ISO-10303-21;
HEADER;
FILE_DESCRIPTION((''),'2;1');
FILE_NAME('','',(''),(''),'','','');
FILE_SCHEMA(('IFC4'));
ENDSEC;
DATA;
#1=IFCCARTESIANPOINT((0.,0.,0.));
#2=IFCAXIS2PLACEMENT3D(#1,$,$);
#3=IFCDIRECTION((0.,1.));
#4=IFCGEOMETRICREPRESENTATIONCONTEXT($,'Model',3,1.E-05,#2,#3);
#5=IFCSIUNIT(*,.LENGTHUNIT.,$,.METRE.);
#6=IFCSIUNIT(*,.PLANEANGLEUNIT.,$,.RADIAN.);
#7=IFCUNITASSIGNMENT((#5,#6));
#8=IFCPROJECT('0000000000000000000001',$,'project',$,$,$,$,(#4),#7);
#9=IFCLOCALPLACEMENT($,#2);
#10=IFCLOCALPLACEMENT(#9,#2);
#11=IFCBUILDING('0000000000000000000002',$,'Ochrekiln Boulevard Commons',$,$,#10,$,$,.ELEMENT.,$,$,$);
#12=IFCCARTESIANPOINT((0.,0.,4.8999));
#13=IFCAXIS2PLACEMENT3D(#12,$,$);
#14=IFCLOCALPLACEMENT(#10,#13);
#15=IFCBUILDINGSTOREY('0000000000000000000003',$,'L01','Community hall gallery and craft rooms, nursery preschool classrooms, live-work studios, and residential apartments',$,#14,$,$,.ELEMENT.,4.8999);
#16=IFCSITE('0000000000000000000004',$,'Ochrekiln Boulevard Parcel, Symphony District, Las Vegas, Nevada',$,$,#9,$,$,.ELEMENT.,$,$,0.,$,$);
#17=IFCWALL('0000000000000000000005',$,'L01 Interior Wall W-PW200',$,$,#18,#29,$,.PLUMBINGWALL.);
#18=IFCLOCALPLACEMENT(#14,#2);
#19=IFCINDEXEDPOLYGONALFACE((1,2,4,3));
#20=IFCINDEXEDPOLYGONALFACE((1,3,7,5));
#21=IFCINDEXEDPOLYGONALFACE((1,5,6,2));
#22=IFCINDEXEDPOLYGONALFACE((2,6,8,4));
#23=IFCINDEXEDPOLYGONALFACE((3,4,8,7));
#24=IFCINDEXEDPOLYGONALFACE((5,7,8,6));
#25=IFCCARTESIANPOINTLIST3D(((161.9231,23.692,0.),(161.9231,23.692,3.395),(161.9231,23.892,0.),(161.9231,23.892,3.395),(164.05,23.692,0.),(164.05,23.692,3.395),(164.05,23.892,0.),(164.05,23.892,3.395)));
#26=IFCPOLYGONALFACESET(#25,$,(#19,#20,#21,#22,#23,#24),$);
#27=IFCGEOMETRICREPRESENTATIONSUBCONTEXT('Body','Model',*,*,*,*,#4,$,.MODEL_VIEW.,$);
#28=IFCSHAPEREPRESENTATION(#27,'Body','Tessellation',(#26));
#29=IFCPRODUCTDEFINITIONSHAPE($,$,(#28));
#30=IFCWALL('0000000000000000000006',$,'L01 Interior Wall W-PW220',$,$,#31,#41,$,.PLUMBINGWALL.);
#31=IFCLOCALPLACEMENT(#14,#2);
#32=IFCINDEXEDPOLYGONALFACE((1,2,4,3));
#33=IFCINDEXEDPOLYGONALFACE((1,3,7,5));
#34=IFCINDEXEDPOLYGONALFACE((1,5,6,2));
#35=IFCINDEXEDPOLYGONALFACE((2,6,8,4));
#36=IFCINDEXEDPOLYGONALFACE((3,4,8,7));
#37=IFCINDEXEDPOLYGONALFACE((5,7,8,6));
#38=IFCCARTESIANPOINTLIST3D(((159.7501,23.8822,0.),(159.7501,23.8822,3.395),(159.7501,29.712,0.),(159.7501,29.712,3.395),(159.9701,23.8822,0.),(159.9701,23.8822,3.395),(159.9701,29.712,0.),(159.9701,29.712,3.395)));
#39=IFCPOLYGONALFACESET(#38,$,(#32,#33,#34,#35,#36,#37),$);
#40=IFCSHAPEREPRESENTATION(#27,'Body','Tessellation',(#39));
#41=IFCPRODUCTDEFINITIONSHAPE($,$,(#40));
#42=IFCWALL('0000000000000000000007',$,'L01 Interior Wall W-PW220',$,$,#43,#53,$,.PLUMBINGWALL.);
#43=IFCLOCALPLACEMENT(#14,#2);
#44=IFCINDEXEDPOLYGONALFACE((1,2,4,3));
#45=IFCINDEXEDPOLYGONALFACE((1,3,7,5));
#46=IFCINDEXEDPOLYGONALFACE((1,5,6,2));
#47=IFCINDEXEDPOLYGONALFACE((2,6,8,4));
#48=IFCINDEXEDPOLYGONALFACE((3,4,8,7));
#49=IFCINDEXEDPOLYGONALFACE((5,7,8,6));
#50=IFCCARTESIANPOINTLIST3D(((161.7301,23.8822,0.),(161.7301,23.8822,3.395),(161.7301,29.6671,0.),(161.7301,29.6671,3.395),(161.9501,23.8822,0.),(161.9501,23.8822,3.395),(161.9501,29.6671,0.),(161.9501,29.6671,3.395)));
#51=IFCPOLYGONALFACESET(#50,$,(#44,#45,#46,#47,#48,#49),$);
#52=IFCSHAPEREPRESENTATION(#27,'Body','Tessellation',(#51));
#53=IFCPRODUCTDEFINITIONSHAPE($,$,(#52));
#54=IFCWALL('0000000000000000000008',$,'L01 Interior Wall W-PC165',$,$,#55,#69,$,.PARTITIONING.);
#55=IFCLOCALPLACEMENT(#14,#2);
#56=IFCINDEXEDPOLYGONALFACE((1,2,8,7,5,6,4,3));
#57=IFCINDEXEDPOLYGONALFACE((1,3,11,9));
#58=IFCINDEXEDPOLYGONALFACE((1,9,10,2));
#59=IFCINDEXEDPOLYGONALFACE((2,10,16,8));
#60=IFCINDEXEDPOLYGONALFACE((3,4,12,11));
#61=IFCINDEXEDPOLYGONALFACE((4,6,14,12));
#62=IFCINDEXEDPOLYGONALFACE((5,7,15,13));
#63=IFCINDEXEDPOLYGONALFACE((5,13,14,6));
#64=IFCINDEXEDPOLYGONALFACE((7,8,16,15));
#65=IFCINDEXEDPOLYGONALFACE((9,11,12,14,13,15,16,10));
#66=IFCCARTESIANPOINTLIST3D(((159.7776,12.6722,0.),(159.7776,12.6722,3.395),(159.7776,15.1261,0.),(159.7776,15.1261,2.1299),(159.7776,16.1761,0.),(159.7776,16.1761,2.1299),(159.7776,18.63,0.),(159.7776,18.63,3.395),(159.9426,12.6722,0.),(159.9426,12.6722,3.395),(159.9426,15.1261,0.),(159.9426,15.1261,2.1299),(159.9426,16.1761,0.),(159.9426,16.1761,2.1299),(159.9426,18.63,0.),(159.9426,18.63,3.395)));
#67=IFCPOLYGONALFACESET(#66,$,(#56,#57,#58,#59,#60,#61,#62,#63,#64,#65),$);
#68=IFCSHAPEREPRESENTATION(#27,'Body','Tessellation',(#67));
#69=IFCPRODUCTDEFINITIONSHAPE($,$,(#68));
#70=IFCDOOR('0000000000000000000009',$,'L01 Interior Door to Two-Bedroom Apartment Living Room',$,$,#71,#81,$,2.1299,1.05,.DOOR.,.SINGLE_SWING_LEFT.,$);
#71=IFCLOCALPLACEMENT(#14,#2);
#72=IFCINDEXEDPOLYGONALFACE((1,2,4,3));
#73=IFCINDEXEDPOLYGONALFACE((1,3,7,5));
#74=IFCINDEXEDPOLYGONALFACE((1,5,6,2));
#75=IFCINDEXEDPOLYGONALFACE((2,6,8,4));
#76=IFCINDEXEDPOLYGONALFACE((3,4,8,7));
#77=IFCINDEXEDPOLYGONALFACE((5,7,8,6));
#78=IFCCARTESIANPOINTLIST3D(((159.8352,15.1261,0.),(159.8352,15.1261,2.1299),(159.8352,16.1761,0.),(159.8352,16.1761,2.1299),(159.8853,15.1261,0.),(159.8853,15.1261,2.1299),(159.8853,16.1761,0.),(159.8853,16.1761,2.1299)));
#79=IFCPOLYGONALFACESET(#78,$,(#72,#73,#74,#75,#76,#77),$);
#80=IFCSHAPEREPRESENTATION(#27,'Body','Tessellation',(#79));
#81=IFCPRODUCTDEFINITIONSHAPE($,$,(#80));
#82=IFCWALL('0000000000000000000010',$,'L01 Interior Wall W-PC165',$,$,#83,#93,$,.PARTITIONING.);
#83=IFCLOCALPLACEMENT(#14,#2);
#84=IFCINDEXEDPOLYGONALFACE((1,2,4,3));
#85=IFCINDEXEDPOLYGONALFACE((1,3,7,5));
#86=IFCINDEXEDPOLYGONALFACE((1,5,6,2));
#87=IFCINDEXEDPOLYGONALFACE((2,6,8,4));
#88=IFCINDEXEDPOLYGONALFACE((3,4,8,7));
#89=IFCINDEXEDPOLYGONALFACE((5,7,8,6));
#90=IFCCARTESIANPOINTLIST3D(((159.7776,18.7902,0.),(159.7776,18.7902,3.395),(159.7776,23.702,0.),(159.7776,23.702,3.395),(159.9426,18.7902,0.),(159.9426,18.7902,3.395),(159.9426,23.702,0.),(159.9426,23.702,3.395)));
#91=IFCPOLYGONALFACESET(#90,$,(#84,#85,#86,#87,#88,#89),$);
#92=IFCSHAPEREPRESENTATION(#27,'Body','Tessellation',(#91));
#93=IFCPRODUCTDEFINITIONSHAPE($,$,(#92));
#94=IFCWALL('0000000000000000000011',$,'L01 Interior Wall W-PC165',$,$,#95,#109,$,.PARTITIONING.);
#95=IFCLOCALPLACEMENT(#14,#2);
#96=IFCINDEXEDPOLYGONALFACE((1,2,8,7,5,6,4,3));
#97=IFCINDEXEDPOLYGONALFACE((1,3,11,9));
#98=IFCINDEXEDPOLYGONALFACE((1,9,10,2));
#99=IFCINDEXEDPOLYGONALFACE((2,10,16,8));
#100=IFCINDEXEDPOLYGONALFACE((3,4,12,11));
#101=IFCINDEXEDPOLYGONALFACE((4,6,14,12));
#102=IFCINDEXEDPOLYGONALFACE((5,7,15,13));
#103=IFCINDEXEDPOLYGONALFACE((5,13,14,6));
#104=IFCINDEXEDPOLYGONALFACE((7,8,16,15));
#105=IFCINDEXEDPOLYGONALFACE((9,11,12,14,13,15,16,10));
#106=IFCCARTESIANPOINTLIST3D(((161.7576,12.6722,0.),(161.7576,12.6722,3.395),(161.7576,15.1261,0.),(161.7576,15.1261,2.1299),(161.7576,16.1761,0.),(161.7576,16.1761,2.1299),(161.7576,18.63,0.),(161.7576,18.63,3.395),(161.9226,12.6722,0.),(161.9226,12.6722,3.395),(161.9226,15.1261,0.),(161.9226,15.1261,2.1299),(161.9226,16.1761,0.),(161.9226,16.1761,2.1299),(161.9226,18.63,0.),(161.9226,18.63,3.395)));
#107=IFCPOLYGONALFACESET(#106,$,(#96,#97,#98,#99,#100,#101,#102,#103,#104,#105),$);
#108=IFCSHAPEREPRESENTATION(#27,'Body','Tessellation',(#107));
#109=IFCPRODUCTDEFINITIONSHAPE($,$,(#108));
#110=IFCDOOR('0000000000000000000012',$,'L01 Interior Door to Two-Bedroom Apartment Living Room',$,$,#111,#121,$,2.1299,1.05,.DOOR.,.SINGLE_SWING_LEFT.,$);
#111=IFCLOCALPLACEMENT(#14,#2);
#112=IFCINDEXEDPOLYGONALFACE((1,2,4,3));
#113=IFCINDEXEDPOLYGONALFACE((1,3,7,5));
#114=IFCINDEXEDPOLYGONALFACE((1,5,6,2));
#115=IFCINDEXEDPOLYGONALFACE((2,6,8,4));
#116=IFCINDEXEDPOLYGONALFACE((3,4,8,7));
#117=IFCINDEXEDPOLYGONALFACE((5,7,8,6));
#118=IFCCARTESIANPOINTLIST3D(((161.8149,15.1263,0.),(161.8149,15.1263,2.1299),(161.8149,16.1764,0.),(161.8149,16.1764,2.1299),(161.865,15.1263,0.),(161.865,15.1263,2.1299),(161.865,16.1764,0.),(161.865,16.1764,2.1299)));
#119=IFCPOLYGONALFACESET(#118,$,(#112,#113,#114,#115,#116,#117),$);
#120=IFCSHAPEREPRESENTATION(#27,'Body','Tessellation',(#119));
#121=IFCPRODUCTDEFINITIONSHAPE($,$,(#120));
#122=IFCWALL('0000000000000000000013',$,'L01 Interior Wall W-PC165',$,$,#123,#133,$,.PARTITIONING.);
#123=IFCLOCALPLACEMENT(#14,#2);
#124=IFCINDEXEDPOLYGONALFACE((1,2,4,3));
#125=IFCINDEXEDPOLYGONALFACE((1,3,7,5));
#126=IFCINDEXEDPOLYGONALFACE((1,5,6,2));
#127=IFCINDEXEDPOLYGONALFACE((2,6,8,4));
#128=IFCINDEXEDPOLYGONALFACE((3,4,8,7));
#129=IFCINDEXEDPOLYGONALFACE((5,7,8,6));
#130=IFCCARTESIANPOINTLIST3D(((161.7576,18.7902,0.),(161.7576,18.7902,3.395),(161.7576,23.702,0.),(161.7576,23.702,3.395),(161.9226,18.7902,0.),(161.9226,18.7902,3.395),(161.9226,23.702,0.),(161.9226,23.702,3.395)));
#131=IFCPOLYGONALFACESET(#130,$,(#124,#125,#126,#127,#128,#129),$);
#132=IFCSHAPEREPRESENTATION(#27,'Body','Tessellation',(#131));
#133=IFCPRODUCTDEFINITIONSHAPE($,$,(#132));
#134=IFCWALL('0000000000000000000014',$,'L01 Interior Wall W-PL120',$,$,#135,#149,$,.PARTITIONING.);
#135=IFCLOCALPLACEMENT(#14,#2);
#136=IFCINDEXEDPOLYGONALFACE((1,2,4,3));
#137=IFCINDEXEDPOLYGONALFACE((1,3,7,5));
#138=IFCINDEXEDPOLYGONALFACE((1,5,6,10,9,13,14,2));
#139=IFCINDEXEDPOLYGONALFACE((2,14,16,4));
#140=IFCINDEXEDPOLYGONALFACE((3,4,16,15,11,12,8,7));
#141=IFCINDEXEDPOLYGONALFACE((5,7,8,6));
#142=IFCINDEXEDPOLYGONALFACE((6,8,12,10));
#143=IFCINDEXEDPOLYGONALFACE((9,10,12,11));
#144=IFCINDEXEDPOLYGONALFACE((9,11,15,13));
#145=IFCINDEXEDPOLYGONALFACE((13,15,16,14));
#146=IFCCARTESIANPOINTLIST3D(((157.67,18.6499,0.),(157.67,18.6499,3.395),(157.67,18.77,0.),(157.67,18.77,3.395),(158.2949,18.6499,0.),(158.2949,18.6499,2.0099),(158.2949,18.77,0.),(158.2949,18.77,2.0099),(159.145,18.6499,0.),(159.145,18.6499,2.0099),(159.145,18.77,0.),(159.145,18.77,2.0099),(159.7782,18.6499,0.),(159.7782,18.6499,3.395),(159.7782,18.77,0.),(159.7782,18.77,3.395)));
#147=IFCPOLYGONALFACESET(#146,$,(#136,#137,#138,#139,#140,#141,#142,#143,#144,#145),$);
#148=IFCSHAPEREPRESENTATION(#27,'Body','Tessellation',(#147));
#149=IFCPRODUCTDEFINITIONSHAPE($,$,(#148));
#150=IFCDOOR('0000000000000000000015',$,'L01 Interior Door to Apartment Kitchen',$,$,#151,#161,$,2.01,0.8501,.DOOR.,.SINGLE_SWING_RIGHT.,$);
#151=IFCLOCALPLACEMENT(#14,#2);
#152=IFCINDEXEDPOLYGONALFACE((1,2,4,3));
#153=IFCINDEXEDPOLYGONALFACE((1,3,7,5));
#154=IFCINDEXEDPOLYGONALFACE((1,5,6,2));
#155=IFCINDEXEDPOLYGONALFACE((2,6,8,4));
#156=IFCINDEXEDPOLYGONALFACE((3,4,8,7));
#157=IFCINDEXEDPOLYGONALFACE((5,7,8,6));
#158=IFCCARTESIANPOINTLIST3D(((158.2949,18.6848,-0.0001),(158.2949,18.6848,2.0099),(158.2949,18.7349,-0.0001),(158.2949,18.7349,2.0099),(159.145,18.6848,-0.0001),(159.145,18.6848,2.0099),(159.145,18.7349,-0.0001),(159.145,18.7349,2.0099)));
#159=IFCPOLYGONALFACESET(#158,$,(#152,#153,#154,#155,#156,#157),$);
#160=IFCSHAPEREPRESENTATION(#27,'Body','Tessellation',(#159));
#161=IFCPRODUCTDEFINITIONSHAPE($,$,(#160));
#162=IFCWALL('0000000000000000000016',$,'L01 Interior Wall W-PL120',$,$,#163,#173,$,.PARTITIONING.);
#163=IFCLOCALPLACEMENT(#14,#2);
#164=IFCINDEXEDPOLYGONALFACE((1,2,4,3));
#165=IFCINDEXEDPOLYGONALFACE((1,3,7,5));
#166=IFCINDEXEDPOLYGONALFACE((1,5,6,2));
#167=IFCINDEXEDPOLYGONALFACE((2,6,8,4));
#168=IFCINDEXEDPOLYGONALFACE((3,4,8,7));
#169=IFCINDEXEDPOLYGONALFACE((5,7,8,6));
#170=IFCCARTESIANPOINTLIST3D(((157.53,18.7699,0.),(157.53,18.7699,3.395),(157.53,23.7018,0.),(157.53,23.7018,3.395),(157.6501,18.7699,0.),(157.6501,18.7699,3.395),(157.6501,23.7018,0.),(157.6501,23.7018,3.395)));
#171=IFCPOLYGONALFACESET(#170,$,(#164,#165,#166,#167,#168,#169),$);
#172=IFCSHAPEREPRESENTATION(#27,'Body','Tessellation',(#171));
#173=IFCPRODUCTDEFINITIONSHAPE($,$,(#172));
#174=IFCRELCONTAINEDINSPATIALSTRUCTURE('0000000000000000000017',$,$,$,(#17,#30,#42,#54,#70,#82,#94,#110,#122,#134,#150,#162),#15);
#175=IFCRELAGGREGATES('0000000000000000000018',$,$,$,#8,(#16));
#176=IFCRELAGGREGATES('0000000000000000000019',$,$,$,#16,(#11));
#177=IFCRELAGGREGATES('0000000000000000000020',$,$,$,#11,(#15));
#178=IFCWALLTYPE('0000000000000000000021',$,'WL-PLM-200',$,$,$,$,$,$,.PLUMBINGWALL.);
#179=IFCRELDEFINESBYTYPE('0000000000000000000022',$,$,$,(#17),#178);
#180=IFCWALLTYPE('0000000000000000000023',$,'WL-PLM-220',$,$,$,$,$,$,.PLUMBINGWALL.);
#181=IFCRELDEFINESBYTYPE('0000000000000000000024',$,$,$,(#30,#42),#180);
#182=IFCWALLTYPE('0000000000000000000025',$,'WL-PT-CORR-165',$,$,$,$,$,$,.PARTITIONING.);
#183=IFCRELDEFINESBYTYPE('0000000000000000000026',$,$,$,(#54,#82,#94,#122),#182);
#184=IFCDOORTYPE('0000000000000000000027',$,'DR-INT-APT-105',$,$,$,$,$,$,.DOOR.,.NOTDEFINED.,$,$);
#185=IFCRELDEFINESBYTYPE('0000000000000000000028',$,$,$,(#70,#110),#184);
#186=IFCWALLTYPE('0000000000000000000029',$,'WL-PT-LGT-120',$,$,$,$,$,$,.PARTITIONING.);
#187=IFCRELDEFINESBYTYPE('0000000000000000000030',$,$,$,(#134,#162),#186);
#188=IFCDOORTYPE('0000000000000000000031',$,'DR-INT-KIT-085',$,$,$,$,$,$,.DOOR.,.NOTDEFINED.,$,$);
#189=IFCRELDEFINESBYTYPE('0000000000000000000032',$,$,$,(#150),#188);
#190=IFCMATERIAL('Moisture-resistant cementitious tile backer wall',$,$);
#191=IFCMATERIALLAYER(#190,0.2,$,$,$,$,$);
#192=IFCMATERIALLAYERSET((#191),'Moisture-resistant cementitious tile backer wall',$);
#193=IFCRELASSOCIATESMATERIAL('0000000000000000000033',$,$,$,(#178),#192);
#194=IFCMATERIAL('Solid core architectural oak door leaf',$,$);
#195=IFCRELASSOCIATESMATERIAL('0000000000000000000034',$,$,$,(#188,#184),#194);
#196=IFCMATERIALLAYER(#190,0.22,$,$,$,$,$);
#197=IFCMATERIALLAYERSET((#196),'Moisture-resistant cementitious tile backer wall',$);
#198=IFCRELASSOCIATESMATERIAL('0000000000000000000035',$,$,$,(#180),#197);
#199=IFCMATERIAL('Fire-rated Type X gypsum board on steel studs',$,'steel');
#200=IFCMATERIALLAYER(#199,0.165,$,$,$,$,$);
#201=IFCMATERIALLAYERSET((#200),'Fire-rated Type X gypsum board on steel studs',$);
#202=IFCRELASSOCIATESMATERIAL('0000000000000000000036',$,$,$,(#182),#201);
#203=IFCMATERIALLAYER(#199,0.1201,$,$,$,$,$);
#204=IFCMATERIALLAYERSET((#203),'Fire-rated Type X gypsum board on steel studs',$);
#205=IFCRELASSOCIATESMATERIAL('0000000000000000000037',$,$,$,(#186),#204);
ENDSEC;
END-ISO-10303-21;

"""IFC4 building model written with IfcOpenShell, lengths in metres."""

from ifc_helpers import new_model, si_unit, direction, frame, frame_2d, origin, place, context, subcontext, project, spatial, rectangle, extrude, material, layer, layer_set, type_object, element, fill, save


model = new_model("IFC4")

# Units and contexts
model_context = context("Model", 3, precision=1e-05, world=origin(), true_north=direction((0.0, 1.0)))
body_context = subcontext(model_context, "Body", "Model", "MODEL_VIEW")
ifc_project = project(units=[si_unit("LENGTHUNIT", "METRE"), si_unit("PLANEANGLEUNIT", "RADIAN")], contexts=[model_context])

# Site, building, storey
site_placement = place(None, origin())
site = spatial("IfcSite", under=ifc_project, at=site_placement, Name="Ochrekiln Boulevard Parcel, Symphony District, Las Vegas, Nevada", CompositionType="ELEMENT", RefElevation=0.0)
building_placement = place(site_placement, origin())
building = spatial("IfcBuilding", under=site, at=building_placement, Name="Ochrekiln Boulevard Commons", CompositionType="ELEMENT")
storey_placement = place(building_placement, frame((0.0, 0.0, 4.8999)))
storey = spatial("IfcBuildingStorey", under=building, at=storey_placement, Name="L01", Description="Community hall gallery and craft rooms, nursery preschool classrooms, live-work studios, and residential apartments", CompositionType="ELEMENT", Elevation=4.8999)

# Shared definitions
ifc_material_1 = material(Name="Moisture-resistant cementitious tile backer wall")
ifc_layer_1 = layer(ifc_material_1, 0.2)
ifc_layer_set_1 = layer_set([ifc_layer_1], Name="Moisture-resistant cementitious tile backer wall")
wall_type_1 = type_object("IfcWallType", Name="WL-PLM-200", PredefinedType="PLUMBINGWALL", material=ifc_layer_set_1)

# Shared definitions
ifc_material_2 = material(Name="Solid core architectural oak door leaf")
door_type_1 = type_object("IfcDoorType", Name="DR-INT-KIT-085", OperationType="NOTDEFINED", PredefinedType="DOOR", material=ifc_material_2)

# Walls
wall_1_placement = place(storey_placement, frame((161.9231, 23.792, 0.0), z_axis=(0.0, 0.0, 1.0), x_axis=(1.0, 0.0, 0.0)))
element("IfcWall", 1, at=wall_1_placement, inside=storey, type_object=wall_type_1, Name="L01 Interior Wall W-PW200", PredefinedType="PLUMBINGWALL", context=body_context, shape_type="SweptSolid", body=[
    extrude(rectangle(XDim=2.127, YDim=0.2, at=frame_2d((1.0635, 0.0))), origin(), (0.0, 0.0, 1.0), 3.395),
])
ifc_layer_2 = layer(ifc_material_1, 0.22)
ifc_layer_set_2 = layer_set([ifc_layer_2], Name="Moisture-resistant cementitious tile backer wall")
wall_type_2 = type_object("IfcWallType", Name="WL-PLM-220", PredefinedType="PLUMBINGWALL", material=ifc_layer_set_2)
wall_2_placement = place(storey_placement, frame((159.8601, 23.8821, 0.0), z_axis=(0.0, 0.0, 1.0), x_axis=(0.0, 1.0, 0.0)))
element("IfcWall", 2, at=wall_2_placement, inside=storey, type_object=wall_type_2, Name="L01 Interior Wall W-PW220", PredefinedType="PLUMBINGWALL", context=body_context, shape_type="SweptSolid", body=[
    extrude(rectangle(XDim=5.8298, YDim=0.22, at=frame_2d((2.915, 0.0))), origin(), (0.0, 0.0, 1.0), 3.395),
])
wall_3_placement = place(storey_placement, frame((161.8401, 23.8821, 0.0), z_axis=(0.0, 0.0, 1.0), x_axis=(0.0, 1.0, 0.0)))
element("IfcWall", 3, at=wall_3_placement, inside=storey, type_object=wall_type_2, Name="L01 Interior Wall W-PW220", PredefinedType="PLUMBINGWALL", context=body_context, shape_type="SweptSolid", body=[
    extrude(rectangle(XDim=5.7849, YDim=0.22, at=frame_2d((2.8926, 0.0))), origin(), (0.0, 0.0, 1.0), 3.395),
])

# Wall, opening, door
ifc_material_3 = material(Name="Fire-rated Type X gypsum board on steel studs", Category="steel")
ifc_layer_3 = layer(ifc_material_3, 0.165)
ifc_layer_set_3 = layer_set([ifc_layer_3], Name="Fire-rated Type X gypsum board on steel studs")
wall_type_3 = type_object("IfcWallType", Name="WL-PT-CORR-165", PredefinedType="PARTITIONING", material=ifc_layer_set_3)
wall_4_placement = place(storey_placement, frame((159.8601, 12.6721, 0.0), z_axis=(0.0, 0.0, 1.0), x_axis=(0.0, 1.0, 0.0)))
wall_4 = element("IfcWall", 4, at=wall_4_placement, inside=storey, type_object=wall_type_3, Name="L01 Interior Wall W-PC165", PredefinedType="PARTITIONING", context=body_context, shape_type="SweptSolid", body=[
    extrude(rectangle(XDim=5.9578, YDim=0.165, at=frame_2d((2.979, 0.0))), origin(), (0.0, 0.0, 1.0), 3.395),
])
opening_1_placement = place(wall_4_placement, frame((2.4541, 0.0, 0.0)))
opening_1 = element("IfcOpeningElement", 5, at=opening_1_placement, cuts=wall_4, PredefinedType="OPENING", context=body_context, shape_type="SweptSolid", body=[
    extrude(rectangle(XDim=1.05, YDim=2.1299, at=frame_2d((0.5249, 1.0649))), frame((0.0, 0.0925, 0.0), z_axis=(0.0, -1.0, 0.0), x_axis=(1.0, 0.0, 0.0)), (0.0, 0.0, 1.0), 0.1851),
])
door_type_2 = type_object("IfcDoorType", Name="DR-INT-APT-105", OperationType="NOTDEFINED", PredefinedType="DOOR", material=ifc_material_2)
door_1_placement = place(opening_1_placement, origin())
door_1 = element("IfcDoor", 6, at=door_1_placement, inside=storey, type_object=door_type_2, Name="L01 Interior Door to Two-Bedroom Apartment Living Room", OperationType="SINGLE_SWING_LEFT", OverallHeight=2.1299, OverallWidth=1.05, PredefinedType="DOOR", context=body_context, shape_type="SweptSolid", body=[
    extrude(rectangle(XDim=1.05, YDim=2.1299, at=frame_2d((0.5249, 1.0649))), frame((0.0, 0.0249, 0.0), z_axis=(0.0, -1.0, 0.0), x_axis=(1.0, 0.0, 0.0)), (0.0, 0.0, 1.0), 0.05),
])
fill(opening_1, door_1)

# Wall
wall_5_placement = place(storey_placement, frame((159.8601, 18.79, 0.0), z_axis=(0.0, 0.0, 1.0), x_axis=(0.0, 1.0, 0.0)))
element("IfcWall", 7, at=wall_5_placement, inside=storey, type_object=wall_type_3, Name="L01 Interior Wall W-PC165", PredefinedType="PARTITIONING", context=body_context, shape_type="SweptSolid", body=[
    extrude(rectangle(XDim=4.9119, YDim=0.165, at=frame_2d((2.4561, 0.0))), origin(), (0.0, 0.0, 1.0), 3.395),
])

# Wall, opening, door
wall_6_placement = place(storey_placement, frame((161.8401, 12.6721, 0.0), z_axis=(0.0, 0.0, 1.0), x_axis=(0.0, 1.0, 0.0)))
wall_6 = element("IfcWall", 8, at=wall_6_placement, inside=storey, type_object=wall_type_3, Name="L01 Interior Wall W-PC165", PredefinedType="PARTITIONING", context=body_context, shape_type="SweptSolid", body=[
    extrude(rectangle(XDim=5.9578, YDim=0.165, at=frame_2d((2.979, 0.0))), origin(), (0.0, 0.0, 1.0), 3.395),
])
opening_2_placement = place(wall_6_placement, frame((2.4541, 0.0, 0.0)))
opening_2 = element("IfcOpeningElement", 9, at=opening_2_placement, cuts=wall_6, PredefinedType="OPENING", context=body_context, shape_type="SweptSolid", body=[
    extrude(rectangle(XDim=1.05, YDim=2.1299, at=frame_2d((0.5249, 1.0649))), frame((0.0, 0.0925, 0.0), z_axis=(0.0, -1.0, 0.0), x_axis=(1.0, 0.0, 0.0)), (0.0, 0.0, 1.0), 0.1851),
])
door_2_placement = place(opening_2_placement, frame((1.05, 0.0, 0.0), z_axis=(0.0, 0.0, 1.0), x_axis=(-1.0, 0.0, 0.0)))
door_2 = element("IfcDoor", 10, at=door_2_placement, inside=storey, type_object=door_type_2, Name="L01 Interior Door to Two-Bedroom Apartment Living Room", OperationType="SINGLE_SWING_LEFT", OverallHeight=2.1299, OverallWidth=1.05, PredefinedType="DOOR", context=body_context, shape_type="SweptSolid", body=[
    extrude(rectangle(XDim=1.05, YDim=2.1299, at=frame_2d((0.5249, 1.0649))), frame((0.0, 0.0249, 0.0), z_axis=(0.0, -1.0, 0.0), x_axis=(1.0, 0.0, 0.0)), (0.0, 0.0, 1.0), 0.05),
])
fill(opening_2, door_2)

# Wall
wall_7_placement = place(storey_placement, frame((161.8401, 18.79, 0.0), z_axis=(0.0, 0.0, 1.0), x_axis=(0.0, 1.0, 0.0)))
element("IfcWall", 11, at=wall_7_placement, inside=storey, type_object=wall_type_3, Name="L01 Interior Wall W-PC165", PredefinedType="PARTITIONING", context=body_context, shape_type="SweptSolid", body=[
    extrude(rectangle(XDim=4.9119, YDim=0.165, at=frame_2d((2.4561, 0.0))), origin(), (0.0, 0.0, 1.0), 3.395),
])

# Wall, opening, door
ifc_layer_4 = layer(ifc_material_3, 0.1201)
ifc_layer_set_4 = layer_set([ifc_layer_4], Name="Fire-rated Type X gypsum board on steel studs")
wall_type_4 = type_object("IfcWallType", Name="WL-PT-LGT-120", PredefinedType="PARTITIONING", material=ifc_layer_set_4)
wall_8_placement = place(storey_placement, frame((157.6699, 18.71, 0.0), z_axis=(0.0, 0.0, 1.0), x_axis=(1.0, 0.0, 0.0)))
wall_8 = element("IfcWall", 12, at=wall_8_placement, inside=storey, type_object=wall_type_4, Name="L01 Interior Wall W-PL120", PredefinedType="PARTITIONING", context=body_context, shape_type="SweptSolid", body=[
    extrude(rectangle(XDim=2.1082, YDim=0.1201, at=frame_2d((1.0542, 0.0))), origin(), (0.0, 0.0, 1.0), 3.395),
])
opening_3_placement = place(wall_8_placement, frame((0.625, 0.0, 0.0)))
opening_3 = element("IfcOpeningElement", 13, at=opening_3_placement, cuts=wall_8, PredefinedType="OPENING", context=body_context, shape_type="SweptSolid", body=[
    extrude(rectangle(XDim=0.8501, YDim=2.01, at=frame_2d((0.425, 1.0049))), frame((0.0, 0.0701, 0.0), z_axis=(0.0, -1.0, 0.0), x_axis=(1.0, 0.0, 0.0)), (0.0, 0.0, 1.0), 0.1401),
])
door_3_placement = place(opening_3_placement, origin())
door_3 = element("IfcDoor", 14, at=door_3_placement, inside=storey, type_object=door_type_1, Name="L01 Interior Door to Apartment Kitchen", OperationType="SINGLE_SWING_RIGHT", OverallHeight=2.01, OverallWidth=0.8501, PredefinedType="DOOR", context=body_context, shape_type="SweptSolid", body=[
    extrude(rectangle(XDim=0.8501, YDim=2.01, at=frame_2d((0.425, 1.0049))), frame((0.0, 0.0249, 0.0), z_axis=(0.0, -1.0, 0.0), x_axis=(1.0, 0.0, 0.0)), (0.0, 0.0, 1.0), 0.05),
])
fill(opening_3, door_3)

# Wall
wall_9_placement = place(storey_placement, frame((157.5901, 18.77, 0.0), z_axis=(0.0, 0.0, 1.0), x_axis=(0.0, 1.0, 0.0)))
element("IfcWall", 15, at=wall_9_placement, inside=storey, type_object=wall_type_4, Name="L01 Interior Wall W-PL120", PredefinedType="PARTITIONING", context=body_context, shape_type="SweptSolid", body=[
    extrude(rectangle(XDim=4.9319, YDim=0.1201, at=frame_2d((2.4658, 0.0))), origin(), (0.0, 0.0, 1.0), 3.395),
])

save(model, "model.ifc")
